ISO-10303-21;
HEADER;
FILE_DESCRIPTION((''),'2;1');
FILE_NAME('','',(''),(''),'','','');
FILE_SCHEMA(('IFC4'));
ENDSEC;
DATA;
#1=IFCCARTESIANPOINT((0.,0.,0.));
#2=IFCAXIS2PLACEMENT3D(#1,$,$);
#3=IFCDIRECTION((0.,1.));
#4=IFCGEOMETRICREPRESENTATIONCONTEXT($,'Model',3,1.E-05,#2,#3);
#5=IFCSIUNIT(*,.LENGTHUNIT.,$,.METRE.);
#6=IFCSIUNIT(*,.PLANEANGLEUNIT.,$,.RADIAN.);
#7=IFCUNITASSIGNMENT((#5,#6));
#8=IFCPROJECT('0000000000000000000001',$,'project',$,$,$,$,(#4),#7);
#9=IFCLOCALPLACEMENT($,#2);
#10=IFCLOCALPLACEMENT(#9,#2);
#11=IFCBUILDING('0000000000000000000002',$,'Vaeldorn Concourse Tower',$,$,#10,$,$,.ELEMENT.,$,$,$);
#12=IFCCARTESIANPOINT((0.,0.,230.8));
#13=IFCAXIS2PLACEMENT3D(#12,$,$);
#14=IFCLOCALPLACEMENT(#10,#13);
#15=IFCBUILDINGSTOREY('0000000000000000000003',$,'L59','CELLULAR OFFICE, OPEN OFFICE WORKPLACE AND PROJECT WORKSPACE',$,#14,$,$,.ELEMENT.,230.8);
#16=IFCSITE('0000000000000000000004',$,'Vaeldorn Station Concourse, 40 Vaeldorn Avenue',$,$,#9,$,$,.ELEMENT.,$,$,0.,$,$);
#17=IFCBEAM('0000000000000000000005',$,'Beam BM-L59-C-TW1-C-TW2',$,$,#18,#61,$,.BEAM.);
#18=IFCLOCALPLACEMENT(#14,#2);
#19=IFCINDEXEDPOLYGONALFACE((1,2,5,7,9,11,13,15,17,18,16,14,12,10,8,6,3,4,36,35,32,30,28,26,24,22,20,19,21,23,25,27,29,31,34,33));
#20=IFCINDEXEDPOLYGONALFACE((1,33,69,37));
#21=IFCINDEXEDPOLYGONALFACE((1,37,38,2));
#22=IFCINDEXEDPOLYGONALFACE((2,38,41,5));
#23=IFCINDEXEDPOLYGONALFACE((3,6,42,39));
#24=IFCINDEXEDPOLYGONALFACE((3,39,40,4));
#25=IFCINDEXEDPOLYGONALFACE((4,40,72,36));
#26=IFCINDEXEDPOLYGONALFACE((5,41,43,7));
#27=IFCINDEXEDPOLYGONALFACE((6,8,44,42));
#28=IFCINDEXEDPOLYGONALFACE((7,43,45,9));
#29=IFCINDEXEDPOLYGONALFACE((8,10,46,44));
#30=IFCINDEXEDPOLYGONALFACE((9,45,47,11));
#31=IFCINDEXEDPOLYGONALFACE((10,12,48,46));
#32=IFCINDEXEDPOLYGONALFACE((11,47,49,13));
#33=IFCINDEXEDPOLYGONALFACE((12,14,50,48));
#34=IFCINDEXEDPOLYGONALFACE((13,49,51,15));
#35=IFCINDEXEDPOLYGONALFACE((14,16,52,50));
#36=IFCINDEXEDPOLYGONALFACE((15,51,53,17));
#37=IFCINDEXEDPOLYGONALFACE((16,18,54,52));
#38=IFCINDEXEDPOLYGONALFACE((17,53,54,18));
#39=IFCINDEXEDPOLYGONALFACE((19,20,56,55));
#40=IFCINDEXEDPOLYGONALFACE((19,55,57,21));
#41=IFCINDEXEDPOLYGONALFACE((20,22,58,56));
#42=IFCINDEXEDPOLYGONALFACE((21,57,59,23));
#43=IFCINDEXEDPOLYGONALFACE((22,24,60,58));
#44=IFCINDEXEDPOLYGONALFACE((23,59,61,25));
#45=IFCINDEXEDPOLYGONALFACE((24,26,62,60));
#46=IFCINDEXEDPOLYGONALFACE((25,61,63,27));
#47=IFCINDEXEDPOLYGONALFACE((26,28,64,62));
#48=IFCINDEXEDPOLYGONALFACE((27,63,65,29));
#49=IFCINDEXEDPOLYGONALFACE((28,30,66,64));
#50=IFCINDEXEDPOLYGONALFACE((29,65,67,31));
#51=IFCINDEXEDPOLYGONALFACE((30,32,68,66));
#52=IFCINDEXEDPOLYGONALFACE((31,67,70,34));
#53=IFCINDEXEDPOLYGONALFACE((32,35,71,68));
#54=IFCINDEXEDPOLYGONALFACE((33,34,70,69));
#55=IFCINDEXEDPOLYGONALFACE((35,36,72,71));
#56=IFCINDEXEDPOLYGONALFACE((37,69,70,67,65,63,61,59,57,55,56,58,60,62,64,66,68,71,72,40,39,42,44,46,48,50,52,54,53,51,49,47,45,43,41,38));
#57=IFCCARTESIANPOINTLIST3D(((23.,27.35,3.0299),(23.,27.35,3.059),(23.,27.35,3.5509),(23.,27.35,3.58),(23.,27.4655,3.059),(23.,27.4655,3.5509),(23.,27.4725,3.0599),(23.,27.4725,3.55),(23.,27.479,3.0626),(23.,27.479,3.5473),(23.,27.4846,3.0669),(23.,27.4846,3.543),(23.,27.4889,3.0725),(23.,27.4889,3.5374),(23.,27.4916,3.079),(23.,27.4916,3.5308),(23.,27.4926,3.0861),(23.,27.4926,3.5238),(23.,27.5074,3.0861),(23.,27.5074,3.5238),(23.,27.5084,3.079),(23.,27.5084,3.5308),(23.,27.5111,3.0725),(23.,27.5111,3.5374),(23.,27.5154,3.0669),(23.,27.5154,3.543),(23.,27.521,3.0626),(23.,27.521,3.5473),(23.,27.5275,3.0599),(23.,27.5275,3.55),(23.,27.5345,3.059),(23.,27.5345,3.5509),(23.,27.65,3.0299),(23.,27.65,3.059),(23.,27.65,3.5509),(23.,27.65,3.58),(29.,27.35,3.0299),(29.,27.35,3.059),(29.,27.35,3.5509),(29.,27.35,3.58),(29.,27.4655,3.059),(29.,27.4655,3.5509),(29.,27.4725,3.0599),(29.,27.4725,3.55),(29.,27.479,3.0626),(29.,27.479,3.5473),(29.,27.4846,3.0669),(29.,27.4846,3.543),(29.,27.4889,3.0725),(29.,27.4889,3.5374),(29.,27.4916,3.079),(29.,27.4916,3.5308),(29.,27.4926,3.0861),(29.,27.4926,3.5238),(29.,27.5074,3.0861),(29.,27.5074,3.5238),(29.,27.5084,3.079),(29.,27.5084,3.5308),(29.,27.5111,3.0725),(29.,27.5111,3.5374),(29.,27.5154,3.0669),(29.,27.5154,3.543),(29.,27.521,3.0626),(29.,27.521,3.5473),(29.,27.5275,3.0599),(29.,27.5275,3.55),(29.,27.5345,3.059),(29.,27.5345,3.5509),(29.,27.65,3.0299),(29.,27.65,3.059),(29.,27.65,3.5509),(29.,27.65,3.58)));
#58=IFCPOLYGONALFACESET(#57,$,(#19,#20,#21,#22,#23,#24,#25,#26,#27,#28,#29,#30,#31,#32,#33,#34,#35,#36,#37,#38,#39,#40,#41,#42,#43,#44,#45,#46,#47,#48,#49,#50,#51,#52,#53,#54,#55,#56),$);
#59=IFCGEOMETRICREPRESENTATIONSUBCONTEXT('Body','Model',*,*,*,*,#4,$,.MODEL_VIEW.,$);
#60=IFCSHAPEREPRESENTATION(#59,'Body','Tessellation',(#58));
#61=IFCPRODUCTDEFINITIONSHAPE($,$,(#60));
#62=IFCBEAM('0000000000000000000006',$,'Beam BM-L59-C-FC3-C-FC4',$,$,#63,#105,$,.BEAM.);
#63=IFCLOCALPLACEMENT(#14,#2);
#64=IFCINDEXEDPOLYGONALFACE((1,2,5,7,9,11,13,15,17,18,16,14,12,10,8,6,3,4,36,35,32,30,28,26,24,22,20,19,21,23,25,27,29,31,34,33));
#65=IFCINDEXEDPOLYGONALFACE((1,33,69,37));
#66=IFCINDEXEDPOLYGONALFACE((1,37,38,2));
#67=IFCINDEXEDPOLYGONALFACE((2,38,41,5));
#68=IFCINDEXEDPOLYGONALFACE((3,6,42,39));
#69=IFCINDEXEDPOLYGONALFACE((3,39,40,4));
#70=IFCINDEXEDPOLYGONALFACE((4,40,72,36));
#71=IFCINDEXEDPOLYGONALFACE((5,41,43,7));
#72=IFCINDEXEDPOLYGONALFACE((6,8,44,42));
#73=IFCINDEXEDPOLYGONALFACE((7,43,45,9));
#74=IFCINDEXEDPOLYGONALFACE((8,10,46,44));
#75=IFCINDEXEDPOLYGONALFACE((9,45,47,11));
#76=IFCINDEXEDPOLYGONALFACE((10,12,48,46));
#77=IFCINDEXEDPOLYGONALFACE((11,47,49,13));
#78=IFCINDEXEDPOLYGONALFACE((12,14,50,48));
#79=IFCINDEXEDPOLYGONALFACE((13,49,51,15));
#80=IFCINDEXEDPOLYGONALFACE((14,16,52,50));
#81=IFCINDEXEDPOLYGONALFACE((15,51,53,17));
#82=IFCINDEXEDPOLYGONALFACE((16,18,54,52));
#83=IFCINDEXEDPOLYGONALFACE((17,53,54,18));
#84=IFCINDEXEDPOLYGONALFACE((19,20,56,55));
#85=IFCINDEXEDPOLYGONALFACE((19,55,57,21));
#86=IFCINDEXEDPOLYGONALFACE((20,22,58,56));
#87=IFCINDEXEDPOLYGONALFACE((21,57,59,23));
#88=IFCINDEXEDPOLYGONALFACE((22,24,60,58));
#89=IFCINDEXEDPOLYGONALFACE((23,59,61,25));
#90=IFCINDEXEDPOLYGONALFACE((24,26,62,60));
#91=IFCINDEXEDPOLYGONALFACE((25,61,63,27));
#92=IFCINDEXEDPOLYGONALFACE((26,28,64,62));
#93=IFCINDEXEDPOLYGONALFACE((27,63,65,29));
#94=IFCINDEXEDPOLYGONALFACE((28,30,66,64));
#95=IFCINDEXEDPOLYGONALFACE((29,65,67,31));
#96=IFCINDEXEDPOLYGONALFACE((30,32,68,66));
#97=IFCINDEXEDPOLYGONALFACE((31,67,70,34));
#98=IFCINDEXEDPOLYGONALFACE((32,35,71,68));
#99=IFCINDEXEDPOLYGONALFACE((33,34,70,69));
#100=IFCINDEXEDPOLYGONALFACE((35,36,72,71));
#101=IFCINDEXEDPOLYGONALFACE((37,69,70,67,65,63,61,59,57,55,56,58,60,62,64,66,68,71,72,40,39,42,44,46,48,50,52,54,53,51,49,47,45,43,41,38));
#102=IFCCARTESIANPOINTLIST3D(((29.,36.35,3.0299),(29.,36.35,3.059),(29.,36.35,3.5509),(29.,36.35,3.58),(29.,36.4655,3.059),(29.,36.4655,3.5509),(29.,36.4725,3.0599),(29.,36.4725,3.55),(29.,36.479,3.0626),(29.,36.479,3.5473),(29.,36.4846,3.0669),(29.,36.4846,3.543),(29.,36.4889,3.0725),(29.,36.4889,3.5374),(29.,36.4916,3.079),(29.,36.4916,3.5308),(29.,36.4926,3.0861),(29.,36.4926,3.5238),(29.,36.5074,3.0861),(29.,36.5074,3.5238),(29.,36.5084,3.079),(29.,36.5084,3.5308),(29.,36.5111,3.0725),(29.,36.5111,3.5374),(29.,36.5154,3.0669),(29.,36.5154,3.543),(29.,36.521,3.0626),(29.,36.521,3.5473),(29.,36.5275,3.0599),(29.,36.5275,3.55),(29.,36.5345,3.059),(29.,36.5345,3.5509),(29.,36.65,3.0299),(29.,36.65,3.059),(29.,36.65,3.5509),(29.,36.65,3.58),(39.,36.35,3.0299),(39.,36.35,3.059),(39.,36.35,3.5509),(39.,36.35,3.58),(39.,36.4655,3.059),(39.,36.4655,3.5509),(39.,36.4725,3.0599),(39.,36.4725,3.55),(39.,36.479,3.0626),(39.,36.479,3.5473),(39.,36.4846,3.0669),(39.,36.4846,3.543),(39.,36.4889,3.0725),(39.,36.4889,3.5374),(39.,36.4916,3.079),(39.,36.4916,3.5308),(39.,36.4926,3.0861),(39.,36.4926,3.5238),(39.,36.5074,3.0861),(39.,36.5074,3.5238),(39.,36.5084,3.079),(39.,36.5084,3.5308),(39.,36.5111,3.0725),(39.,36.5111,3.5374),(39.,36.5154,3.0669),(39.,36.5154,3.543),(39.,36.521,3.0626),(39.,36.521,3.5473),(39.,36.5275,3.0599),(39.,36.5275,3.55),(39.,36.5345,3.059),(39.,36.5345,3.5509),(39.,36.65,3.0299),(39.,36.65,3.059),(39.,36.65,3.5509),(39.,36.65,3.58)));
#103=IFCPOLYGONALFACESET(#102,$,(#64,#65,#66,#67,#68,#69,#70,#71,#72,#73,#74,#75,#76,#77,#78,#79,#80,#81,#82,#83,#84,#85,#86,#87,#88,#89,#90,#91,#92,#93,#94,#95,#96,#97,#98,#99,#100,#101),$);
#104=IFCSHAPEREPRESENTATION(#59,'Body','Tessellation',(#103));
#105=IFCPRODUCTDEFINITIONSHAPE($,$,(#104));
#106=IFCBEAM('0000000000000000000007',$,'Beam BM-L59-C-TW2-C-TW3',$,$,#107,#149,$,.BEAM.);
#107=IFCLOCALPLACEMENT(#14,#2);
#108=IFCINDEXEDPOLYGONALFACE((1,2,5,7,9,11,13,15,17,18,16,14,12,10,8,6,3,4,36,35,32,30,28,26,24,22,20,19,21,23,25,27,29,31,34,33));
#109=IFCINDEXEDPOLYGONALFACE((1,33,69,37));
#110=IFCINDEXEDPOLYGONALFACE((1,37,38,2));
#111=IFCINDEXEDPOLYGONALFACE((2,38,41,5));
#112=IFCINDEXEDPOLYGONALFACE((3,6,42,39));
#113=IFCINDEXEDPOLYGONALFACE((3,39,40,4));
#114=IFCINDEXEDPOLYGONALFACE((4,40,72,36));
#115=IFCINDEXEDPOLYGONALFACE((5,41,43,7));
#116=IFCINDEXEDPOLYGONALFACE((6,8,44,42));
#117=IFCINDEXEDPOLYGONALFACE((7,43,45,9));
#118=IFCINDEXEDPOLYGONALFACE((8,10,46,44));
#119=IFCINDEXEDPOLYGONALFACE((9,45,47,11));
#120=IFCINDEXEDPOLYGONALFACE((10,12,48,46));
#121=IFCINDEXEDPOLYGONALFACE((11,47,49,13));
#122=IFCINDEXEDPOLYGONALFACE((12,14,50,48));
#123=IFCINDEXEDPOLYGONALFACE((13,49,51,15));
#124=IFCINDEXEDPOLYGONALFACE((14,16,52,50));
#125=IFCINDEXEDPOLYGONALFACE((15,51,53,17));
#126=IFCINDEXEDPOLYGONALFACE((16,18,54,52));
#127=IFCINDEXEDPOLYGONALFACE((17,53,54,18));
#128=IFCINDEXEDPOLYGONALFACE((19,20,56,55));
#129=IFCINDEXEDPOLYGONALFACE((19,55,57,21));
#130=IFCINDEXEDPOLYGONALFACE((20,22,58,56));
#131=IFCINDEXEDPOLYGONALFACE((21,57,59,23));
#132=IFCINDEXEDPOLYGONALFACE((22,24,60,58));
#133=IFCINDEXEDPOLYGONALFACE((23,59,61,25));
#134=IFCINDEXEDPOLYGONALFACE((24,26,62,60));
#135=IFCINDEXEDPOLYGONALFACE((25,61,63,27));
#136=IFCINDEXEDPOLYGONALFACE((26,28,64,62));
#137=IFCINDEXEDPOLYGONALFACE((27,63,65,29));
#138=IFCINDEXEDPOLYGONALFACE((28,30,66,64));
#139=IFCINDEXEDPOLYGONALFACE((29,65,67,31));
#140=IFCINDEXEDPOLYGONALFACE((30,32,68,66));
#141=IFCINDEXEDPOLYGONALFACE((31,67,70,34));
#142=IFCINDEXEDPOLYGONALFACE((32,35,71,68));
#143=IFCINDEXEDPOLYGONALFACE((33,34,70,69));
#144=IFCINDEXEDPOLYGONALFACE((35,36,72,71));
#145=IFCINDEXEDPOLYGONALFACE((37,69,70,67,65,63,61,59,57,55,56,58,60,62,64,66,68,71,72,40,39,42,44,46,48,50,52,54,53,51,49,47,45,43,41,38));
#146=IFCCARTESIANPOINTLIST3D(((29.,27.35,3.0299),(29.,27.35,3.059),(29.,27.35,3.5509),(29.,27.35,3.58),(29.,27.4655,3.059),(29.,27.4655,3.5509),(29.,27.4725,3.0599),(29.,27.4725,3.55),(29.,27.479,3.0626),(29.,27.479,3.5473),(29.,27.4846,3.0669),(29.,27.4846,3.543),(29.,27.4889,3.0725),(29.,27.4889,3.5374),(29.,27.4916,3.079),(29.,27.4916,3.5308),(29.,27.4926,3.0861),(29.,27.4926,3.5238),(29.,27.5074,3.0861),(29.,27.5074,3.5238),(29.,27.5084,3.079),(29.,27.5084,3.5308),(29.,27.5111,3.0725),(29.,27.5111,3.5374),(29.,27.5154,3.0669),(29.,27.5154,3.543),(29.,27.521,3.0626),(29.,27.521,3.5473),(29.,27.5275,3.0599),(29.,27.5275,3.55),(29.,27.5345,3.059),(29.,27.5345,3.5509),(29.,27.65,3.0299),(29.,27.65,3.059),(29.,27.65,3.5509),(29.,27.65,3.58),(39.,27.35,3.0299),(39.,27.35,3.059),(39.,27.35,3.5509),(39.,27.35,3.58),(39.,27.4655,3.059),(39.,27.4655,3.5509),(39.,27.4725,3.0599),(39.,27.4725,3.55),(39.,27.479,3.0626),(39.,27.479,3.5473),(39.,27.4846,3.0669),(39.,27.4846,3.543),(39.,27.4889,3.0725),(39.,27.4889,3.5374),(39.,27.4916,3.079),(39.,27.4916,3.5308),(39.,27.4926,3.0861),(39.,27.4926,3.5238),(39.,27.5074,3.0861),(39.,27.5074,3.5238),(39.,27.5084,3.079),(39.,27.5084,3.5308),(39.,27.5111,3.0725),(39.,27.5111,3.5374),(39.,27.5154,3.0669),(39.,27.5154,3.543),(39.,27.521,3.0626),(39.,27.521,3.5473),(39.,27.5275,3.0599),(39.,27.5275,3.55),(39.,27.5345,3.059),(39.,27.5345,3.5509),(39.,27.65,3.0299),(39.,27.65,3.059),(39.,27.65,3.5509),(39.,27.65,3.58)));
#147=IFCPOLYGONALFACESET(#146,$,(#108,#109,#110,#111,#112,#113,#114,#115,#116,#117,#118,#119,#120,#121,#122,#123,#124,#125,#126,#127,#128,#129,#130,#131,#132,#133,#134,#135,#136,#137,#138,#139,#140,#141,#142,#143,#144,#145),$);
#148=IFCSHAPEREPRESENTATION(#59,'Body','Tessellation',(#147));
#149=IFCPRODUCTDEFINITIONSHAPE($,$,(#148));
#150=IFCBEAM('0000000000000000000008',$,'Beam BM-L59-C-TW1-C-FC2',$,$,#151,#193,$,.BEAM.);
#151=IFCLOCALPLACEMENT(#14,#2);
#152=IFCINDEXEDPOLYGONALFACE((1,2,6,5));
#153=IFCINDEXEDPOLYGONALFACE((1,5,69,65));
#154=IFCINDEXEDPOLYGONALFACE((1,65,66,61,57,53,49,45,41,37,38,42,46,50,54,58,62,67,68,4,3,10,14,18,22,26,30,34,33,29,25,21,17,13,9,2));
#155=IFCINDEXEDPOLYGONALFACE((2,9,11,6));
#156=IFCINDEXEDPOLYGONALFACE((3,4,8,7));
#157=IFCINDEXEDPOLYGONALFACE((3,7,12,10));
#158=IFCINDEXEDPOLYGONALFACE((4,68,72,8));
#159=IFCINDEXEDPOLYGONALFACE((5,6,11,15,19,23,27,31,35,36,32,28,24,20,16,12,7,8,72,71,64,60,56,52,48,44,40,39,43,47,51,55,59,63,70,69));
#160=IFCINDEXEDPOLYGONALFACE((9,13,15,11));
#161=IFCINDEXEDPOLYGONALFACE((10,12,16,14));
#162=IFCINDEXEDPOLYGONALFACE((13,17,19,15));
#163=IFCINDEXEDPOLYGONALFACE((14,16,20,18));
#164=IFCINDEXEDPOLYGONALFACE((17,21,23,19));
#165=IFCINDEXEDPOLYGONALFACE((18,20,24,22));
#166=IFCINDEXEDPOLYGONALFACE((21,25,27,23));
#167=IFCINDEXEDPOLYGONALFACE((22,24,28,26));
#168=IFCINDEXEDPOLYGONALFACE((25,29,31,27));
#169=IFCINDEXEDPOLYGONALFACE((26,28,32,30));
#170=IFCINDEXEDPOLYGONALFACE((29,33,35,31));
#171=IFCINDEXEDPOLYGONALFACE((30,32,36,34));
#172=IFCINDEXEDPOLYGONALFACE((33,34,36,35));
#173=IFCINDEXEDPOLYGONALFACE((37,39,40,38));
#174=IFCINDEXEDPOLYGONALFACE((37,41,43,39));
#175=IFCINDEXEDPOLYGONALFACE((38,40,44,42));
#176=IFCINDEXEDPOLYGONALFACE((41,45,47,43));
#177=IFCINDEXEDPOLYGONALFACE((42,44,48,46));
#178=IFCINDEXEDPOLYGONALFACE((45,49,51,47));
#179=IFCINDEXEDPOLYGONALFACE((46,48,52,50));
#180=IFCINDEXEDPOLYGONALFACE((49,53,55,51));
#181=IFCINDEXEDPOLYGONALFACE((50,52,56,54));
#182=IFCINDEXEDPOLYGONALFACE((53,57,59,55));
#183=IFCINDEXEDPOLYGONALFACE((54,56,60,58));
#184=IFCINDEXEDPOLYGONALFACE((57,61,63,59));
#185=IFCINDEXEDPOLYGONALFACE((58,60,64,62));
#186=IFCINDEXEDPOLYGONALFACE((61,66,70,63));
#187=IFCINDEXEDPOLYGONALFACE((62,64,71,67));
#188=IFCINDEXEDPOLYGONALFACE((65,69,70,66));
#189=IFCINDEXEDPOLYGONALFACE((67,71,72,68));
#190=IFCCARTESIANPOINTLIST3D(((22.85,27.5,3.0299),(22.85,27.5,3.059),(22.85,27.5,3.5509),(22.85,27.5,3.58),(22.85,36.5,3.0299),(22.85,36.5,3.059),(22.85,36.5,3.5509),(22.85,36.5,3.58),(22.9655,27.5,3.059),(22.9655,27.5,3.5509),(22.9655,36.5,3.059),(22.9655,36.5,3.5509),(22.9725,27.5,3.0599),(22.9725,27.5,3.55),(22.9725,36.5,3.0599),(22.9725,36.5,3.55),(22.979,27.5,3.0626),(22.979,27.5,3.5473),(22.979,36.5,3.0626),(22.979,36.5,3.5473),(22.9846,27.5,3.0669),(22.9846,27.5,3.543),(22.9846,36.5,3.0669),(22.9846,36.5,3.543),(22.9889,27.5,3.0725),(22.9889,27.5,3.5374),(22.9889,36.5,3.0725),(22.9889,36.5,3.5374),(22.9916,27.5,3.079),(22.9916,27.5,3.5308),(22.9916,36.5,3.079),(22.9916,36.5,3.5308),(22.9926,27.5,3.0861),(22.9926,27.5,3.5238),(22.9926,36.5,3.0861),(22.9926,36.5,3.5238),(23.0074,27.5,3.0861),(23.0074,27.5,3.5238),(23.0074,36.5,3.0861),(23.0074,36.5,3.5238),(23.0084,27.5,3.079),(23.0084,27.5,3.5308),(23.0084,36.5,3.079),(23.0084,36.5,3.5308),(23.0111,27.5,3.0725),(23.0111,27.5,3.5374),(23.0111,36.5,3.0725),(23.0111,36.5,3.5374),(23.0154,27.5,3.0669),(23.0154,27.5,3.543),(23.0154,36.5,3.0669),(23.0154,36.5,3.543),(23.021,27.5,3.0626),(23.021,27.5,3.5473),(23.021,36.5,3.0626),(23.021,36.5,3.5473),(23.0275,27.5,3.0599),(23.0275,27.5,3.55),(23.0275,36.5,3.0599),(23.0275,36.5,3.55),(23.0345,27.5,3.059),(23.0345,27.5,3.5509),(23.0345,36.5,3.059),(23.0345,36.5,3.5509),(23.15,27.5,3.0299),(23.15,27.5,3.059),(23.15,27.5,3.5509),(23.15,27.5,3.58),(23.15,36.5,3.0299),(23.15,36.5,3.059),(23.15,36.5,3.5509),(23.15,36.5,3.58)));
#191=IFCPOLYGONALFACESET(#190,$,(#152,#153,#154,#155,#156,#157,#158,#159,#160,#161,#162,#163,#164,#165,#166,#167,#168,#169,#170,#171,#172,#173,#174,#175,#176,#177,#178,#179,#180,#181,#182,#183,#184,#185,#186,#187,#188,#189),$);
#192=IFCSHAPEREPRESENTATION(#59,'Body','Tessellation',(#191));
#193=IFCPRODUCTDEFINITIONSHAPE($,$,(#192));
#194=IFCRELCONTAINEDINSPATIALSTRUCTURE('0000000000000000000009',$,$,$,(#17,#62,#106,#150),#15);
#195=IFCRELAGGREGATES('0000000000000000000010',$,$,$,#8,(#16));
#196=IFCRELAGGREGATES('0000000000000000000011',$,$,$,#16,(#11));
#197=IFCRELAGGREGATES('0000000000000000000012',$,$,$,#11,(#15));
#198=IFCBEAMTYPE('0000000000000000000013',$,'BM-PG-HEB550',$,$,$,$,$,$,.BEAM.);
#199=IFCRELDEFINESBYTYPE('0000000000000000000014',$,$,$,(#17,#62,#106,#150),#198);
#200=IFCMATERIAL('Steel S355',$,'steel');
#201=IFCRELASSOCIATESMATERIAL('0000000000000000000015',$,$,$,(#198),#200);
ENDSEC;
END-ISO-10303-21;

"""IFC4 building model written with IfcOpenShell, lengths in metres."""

from ifc_helpers import new_model, si_unit, direction, frame, origin, origin_2d, place, context, subcontext, project, spatial, i_section, extrude, source, transform, mapped, material, material_profile, profile_set, type_object, element, save


model = new_model("IFC4")

# Units and contexts
model_context = context("Model", 3, precision=1e-05, world=origin(), true_north=direction((0.0, 1.0)))
body_context = subcontext(model_context, "Body", "Model", "MODEL_VIEW")
ifc_project = project(units=[si_unit("LENGTHUNIT", "METRE"), si_unit("PLANEANGLEUNIT", "RADIAN")], contexts=[model_context])

# Site, building, storey
site_placement = place(None, origin())
site = spatial("IfcSite", under=ifc_project, at=site_placement, Name="Vaeldorn Station Concourse, 40 Vaeldorn Avenue", CompositionType="ELEMENT", RefElevation=0.0)
building_placement = place(site_placement, origin())
building = spatial("IfcBuilding", under=site, at=building_placement, Name="Vaeldorn Concourse Tower", CompositionType="ELEMENT")
storey_placement = place(building_placement, frame((0.0, 0.0, 230.8)))
storey = spatial("IfcBuildingStorey", under=building, at=storey_placement, Name="L59", Description="CELLULAR OFFICE, OPEN OFFICE WORKPLACE AND PROJECT WORKSPACE", CompositionType="ELEMENT", Elevation=230.8)

# Shared definitions
ifc_material_1 = material(Name="Steel S355", Category="steel")

# Beams
ifc_material_profile_1 = material_profile(ifc_material_1, i_section(OverallWidth=0.3, OverallDepth=0.55, WebThickness=0.0149, FlangeThickness=0.0291, FilletRadius=0.0271, at=origin_2d()), Name="HEB 550")
ifc_profile_set_1 = profile_set([ifc_material_profile_1], Name="Steel S355")
beam_type_1 = type_object("IfcBeamType", Name="BM-PG-HEB550", PredefinedType="BEAM", material=ifc_profile_set_1)
shared_shape_1 = source(origin(), body_context, "Body", "SweptSolid", [
    extrude(i_section(OverallWidth=0.3, OverallDepth=0.55, WebThickness=0.0149, FlangeThickness=0.0291, FilletRadius=0.0271, at=origin_2d()), origin(), (0.0, 0.0, 1.0), 6.0),
])
for number, where, z_axis, x_axis, name in (
    (1, (23.0, 27.5, 3.3049), (1.0, 0.0, 0.0), (0.0, 1.0, 0.0), "Beam BM-L59-C-TW1-C-TW2"),
):
    element("IfcBeam", number, at=place(storey_placement, frame(where, z_axis=z_axis, x_axis=x_axis)), inside=storey, type_object=beam_type_1, Name=name, PredefinedType="BEAM", context=body_context, shape_type="MappedRepresentation", body=[
        mapped(shared_shape_1, transform((0.0, 0.0, 0.0), scale=1.0)),
    ])
shared_shape_2 = source(origin(), body_context, "Body", "SweptSolid", [
    extrude(i_section(OverallWidth=0.3, OverallDepth=0.55, WebThickness=0.0149, FlangeThickness=0.0291, FilletRadius=0.0271, at=origin_2d()), origin(), (0.0, 0.0, 1.0), 10.0),
])
for number, where, z_axis, x_axis, name in (
    (2, (29.0, 36.5, 3.3049), (1.0, 0.0, 0.0), (0.0, 1.0, 0.0), "Beam BM-L59-C-FC3-C-FC4"),
    (3, (29.0, 27.5, 3.3049), (1.0, 0.0, 0.0), (0.0, 1.0, 0.0), "Beam BM-L59-C-TW2-C-TW3"),
):
    element("IfcBeam", number, at=place(storey_placement, frame(where, z_axis=z_axis, x_axis=x_axis)), inside=storey, type_object=beam_type_1, Name=name, PredefinedType="BEAM", context=body_context, shape_type="MappedRepresentation", body=[
        mapped(shared_shape_2, transform((0.0, 0.0, 0.0), scale=1.0)),
    ])
shared_shape_3 = source(origin(), body_context, "Body", "SweptSolid", [
    extrude(i_section(OverallWidth=0.3, OverallDepth=0.55, WebThickness=0.0149, FlangeThickness=0.0291, FilletRadius=0.0271, at=origin_2d()), origin(), (0.0, 0.0, 1.0), 9.0),
])
for number, where, z_axis, x_axis, name in (
    (4, (23.0, 27.5, 3.3049), (0.0, 1.0, 0.0), (-1.0, 0.0, 0.0), "Beam BM-L59-C-TW1-C-FC2"),
):
    element("IfcBeam", number, at=place(storey_placement, frame(where, z_axis=z_axis, x_axis=x_axis)), inside=storey, type_object=beam_type_1, Name=name, PredefinedType="BEAM", context=body_context, shape_type="MappedRepresentation", body=[
        mapped(shared_shape_3, transform((0.0, 0.0, 0.0), scale=1.0)),
    ])

save(model, "model.ifc")
